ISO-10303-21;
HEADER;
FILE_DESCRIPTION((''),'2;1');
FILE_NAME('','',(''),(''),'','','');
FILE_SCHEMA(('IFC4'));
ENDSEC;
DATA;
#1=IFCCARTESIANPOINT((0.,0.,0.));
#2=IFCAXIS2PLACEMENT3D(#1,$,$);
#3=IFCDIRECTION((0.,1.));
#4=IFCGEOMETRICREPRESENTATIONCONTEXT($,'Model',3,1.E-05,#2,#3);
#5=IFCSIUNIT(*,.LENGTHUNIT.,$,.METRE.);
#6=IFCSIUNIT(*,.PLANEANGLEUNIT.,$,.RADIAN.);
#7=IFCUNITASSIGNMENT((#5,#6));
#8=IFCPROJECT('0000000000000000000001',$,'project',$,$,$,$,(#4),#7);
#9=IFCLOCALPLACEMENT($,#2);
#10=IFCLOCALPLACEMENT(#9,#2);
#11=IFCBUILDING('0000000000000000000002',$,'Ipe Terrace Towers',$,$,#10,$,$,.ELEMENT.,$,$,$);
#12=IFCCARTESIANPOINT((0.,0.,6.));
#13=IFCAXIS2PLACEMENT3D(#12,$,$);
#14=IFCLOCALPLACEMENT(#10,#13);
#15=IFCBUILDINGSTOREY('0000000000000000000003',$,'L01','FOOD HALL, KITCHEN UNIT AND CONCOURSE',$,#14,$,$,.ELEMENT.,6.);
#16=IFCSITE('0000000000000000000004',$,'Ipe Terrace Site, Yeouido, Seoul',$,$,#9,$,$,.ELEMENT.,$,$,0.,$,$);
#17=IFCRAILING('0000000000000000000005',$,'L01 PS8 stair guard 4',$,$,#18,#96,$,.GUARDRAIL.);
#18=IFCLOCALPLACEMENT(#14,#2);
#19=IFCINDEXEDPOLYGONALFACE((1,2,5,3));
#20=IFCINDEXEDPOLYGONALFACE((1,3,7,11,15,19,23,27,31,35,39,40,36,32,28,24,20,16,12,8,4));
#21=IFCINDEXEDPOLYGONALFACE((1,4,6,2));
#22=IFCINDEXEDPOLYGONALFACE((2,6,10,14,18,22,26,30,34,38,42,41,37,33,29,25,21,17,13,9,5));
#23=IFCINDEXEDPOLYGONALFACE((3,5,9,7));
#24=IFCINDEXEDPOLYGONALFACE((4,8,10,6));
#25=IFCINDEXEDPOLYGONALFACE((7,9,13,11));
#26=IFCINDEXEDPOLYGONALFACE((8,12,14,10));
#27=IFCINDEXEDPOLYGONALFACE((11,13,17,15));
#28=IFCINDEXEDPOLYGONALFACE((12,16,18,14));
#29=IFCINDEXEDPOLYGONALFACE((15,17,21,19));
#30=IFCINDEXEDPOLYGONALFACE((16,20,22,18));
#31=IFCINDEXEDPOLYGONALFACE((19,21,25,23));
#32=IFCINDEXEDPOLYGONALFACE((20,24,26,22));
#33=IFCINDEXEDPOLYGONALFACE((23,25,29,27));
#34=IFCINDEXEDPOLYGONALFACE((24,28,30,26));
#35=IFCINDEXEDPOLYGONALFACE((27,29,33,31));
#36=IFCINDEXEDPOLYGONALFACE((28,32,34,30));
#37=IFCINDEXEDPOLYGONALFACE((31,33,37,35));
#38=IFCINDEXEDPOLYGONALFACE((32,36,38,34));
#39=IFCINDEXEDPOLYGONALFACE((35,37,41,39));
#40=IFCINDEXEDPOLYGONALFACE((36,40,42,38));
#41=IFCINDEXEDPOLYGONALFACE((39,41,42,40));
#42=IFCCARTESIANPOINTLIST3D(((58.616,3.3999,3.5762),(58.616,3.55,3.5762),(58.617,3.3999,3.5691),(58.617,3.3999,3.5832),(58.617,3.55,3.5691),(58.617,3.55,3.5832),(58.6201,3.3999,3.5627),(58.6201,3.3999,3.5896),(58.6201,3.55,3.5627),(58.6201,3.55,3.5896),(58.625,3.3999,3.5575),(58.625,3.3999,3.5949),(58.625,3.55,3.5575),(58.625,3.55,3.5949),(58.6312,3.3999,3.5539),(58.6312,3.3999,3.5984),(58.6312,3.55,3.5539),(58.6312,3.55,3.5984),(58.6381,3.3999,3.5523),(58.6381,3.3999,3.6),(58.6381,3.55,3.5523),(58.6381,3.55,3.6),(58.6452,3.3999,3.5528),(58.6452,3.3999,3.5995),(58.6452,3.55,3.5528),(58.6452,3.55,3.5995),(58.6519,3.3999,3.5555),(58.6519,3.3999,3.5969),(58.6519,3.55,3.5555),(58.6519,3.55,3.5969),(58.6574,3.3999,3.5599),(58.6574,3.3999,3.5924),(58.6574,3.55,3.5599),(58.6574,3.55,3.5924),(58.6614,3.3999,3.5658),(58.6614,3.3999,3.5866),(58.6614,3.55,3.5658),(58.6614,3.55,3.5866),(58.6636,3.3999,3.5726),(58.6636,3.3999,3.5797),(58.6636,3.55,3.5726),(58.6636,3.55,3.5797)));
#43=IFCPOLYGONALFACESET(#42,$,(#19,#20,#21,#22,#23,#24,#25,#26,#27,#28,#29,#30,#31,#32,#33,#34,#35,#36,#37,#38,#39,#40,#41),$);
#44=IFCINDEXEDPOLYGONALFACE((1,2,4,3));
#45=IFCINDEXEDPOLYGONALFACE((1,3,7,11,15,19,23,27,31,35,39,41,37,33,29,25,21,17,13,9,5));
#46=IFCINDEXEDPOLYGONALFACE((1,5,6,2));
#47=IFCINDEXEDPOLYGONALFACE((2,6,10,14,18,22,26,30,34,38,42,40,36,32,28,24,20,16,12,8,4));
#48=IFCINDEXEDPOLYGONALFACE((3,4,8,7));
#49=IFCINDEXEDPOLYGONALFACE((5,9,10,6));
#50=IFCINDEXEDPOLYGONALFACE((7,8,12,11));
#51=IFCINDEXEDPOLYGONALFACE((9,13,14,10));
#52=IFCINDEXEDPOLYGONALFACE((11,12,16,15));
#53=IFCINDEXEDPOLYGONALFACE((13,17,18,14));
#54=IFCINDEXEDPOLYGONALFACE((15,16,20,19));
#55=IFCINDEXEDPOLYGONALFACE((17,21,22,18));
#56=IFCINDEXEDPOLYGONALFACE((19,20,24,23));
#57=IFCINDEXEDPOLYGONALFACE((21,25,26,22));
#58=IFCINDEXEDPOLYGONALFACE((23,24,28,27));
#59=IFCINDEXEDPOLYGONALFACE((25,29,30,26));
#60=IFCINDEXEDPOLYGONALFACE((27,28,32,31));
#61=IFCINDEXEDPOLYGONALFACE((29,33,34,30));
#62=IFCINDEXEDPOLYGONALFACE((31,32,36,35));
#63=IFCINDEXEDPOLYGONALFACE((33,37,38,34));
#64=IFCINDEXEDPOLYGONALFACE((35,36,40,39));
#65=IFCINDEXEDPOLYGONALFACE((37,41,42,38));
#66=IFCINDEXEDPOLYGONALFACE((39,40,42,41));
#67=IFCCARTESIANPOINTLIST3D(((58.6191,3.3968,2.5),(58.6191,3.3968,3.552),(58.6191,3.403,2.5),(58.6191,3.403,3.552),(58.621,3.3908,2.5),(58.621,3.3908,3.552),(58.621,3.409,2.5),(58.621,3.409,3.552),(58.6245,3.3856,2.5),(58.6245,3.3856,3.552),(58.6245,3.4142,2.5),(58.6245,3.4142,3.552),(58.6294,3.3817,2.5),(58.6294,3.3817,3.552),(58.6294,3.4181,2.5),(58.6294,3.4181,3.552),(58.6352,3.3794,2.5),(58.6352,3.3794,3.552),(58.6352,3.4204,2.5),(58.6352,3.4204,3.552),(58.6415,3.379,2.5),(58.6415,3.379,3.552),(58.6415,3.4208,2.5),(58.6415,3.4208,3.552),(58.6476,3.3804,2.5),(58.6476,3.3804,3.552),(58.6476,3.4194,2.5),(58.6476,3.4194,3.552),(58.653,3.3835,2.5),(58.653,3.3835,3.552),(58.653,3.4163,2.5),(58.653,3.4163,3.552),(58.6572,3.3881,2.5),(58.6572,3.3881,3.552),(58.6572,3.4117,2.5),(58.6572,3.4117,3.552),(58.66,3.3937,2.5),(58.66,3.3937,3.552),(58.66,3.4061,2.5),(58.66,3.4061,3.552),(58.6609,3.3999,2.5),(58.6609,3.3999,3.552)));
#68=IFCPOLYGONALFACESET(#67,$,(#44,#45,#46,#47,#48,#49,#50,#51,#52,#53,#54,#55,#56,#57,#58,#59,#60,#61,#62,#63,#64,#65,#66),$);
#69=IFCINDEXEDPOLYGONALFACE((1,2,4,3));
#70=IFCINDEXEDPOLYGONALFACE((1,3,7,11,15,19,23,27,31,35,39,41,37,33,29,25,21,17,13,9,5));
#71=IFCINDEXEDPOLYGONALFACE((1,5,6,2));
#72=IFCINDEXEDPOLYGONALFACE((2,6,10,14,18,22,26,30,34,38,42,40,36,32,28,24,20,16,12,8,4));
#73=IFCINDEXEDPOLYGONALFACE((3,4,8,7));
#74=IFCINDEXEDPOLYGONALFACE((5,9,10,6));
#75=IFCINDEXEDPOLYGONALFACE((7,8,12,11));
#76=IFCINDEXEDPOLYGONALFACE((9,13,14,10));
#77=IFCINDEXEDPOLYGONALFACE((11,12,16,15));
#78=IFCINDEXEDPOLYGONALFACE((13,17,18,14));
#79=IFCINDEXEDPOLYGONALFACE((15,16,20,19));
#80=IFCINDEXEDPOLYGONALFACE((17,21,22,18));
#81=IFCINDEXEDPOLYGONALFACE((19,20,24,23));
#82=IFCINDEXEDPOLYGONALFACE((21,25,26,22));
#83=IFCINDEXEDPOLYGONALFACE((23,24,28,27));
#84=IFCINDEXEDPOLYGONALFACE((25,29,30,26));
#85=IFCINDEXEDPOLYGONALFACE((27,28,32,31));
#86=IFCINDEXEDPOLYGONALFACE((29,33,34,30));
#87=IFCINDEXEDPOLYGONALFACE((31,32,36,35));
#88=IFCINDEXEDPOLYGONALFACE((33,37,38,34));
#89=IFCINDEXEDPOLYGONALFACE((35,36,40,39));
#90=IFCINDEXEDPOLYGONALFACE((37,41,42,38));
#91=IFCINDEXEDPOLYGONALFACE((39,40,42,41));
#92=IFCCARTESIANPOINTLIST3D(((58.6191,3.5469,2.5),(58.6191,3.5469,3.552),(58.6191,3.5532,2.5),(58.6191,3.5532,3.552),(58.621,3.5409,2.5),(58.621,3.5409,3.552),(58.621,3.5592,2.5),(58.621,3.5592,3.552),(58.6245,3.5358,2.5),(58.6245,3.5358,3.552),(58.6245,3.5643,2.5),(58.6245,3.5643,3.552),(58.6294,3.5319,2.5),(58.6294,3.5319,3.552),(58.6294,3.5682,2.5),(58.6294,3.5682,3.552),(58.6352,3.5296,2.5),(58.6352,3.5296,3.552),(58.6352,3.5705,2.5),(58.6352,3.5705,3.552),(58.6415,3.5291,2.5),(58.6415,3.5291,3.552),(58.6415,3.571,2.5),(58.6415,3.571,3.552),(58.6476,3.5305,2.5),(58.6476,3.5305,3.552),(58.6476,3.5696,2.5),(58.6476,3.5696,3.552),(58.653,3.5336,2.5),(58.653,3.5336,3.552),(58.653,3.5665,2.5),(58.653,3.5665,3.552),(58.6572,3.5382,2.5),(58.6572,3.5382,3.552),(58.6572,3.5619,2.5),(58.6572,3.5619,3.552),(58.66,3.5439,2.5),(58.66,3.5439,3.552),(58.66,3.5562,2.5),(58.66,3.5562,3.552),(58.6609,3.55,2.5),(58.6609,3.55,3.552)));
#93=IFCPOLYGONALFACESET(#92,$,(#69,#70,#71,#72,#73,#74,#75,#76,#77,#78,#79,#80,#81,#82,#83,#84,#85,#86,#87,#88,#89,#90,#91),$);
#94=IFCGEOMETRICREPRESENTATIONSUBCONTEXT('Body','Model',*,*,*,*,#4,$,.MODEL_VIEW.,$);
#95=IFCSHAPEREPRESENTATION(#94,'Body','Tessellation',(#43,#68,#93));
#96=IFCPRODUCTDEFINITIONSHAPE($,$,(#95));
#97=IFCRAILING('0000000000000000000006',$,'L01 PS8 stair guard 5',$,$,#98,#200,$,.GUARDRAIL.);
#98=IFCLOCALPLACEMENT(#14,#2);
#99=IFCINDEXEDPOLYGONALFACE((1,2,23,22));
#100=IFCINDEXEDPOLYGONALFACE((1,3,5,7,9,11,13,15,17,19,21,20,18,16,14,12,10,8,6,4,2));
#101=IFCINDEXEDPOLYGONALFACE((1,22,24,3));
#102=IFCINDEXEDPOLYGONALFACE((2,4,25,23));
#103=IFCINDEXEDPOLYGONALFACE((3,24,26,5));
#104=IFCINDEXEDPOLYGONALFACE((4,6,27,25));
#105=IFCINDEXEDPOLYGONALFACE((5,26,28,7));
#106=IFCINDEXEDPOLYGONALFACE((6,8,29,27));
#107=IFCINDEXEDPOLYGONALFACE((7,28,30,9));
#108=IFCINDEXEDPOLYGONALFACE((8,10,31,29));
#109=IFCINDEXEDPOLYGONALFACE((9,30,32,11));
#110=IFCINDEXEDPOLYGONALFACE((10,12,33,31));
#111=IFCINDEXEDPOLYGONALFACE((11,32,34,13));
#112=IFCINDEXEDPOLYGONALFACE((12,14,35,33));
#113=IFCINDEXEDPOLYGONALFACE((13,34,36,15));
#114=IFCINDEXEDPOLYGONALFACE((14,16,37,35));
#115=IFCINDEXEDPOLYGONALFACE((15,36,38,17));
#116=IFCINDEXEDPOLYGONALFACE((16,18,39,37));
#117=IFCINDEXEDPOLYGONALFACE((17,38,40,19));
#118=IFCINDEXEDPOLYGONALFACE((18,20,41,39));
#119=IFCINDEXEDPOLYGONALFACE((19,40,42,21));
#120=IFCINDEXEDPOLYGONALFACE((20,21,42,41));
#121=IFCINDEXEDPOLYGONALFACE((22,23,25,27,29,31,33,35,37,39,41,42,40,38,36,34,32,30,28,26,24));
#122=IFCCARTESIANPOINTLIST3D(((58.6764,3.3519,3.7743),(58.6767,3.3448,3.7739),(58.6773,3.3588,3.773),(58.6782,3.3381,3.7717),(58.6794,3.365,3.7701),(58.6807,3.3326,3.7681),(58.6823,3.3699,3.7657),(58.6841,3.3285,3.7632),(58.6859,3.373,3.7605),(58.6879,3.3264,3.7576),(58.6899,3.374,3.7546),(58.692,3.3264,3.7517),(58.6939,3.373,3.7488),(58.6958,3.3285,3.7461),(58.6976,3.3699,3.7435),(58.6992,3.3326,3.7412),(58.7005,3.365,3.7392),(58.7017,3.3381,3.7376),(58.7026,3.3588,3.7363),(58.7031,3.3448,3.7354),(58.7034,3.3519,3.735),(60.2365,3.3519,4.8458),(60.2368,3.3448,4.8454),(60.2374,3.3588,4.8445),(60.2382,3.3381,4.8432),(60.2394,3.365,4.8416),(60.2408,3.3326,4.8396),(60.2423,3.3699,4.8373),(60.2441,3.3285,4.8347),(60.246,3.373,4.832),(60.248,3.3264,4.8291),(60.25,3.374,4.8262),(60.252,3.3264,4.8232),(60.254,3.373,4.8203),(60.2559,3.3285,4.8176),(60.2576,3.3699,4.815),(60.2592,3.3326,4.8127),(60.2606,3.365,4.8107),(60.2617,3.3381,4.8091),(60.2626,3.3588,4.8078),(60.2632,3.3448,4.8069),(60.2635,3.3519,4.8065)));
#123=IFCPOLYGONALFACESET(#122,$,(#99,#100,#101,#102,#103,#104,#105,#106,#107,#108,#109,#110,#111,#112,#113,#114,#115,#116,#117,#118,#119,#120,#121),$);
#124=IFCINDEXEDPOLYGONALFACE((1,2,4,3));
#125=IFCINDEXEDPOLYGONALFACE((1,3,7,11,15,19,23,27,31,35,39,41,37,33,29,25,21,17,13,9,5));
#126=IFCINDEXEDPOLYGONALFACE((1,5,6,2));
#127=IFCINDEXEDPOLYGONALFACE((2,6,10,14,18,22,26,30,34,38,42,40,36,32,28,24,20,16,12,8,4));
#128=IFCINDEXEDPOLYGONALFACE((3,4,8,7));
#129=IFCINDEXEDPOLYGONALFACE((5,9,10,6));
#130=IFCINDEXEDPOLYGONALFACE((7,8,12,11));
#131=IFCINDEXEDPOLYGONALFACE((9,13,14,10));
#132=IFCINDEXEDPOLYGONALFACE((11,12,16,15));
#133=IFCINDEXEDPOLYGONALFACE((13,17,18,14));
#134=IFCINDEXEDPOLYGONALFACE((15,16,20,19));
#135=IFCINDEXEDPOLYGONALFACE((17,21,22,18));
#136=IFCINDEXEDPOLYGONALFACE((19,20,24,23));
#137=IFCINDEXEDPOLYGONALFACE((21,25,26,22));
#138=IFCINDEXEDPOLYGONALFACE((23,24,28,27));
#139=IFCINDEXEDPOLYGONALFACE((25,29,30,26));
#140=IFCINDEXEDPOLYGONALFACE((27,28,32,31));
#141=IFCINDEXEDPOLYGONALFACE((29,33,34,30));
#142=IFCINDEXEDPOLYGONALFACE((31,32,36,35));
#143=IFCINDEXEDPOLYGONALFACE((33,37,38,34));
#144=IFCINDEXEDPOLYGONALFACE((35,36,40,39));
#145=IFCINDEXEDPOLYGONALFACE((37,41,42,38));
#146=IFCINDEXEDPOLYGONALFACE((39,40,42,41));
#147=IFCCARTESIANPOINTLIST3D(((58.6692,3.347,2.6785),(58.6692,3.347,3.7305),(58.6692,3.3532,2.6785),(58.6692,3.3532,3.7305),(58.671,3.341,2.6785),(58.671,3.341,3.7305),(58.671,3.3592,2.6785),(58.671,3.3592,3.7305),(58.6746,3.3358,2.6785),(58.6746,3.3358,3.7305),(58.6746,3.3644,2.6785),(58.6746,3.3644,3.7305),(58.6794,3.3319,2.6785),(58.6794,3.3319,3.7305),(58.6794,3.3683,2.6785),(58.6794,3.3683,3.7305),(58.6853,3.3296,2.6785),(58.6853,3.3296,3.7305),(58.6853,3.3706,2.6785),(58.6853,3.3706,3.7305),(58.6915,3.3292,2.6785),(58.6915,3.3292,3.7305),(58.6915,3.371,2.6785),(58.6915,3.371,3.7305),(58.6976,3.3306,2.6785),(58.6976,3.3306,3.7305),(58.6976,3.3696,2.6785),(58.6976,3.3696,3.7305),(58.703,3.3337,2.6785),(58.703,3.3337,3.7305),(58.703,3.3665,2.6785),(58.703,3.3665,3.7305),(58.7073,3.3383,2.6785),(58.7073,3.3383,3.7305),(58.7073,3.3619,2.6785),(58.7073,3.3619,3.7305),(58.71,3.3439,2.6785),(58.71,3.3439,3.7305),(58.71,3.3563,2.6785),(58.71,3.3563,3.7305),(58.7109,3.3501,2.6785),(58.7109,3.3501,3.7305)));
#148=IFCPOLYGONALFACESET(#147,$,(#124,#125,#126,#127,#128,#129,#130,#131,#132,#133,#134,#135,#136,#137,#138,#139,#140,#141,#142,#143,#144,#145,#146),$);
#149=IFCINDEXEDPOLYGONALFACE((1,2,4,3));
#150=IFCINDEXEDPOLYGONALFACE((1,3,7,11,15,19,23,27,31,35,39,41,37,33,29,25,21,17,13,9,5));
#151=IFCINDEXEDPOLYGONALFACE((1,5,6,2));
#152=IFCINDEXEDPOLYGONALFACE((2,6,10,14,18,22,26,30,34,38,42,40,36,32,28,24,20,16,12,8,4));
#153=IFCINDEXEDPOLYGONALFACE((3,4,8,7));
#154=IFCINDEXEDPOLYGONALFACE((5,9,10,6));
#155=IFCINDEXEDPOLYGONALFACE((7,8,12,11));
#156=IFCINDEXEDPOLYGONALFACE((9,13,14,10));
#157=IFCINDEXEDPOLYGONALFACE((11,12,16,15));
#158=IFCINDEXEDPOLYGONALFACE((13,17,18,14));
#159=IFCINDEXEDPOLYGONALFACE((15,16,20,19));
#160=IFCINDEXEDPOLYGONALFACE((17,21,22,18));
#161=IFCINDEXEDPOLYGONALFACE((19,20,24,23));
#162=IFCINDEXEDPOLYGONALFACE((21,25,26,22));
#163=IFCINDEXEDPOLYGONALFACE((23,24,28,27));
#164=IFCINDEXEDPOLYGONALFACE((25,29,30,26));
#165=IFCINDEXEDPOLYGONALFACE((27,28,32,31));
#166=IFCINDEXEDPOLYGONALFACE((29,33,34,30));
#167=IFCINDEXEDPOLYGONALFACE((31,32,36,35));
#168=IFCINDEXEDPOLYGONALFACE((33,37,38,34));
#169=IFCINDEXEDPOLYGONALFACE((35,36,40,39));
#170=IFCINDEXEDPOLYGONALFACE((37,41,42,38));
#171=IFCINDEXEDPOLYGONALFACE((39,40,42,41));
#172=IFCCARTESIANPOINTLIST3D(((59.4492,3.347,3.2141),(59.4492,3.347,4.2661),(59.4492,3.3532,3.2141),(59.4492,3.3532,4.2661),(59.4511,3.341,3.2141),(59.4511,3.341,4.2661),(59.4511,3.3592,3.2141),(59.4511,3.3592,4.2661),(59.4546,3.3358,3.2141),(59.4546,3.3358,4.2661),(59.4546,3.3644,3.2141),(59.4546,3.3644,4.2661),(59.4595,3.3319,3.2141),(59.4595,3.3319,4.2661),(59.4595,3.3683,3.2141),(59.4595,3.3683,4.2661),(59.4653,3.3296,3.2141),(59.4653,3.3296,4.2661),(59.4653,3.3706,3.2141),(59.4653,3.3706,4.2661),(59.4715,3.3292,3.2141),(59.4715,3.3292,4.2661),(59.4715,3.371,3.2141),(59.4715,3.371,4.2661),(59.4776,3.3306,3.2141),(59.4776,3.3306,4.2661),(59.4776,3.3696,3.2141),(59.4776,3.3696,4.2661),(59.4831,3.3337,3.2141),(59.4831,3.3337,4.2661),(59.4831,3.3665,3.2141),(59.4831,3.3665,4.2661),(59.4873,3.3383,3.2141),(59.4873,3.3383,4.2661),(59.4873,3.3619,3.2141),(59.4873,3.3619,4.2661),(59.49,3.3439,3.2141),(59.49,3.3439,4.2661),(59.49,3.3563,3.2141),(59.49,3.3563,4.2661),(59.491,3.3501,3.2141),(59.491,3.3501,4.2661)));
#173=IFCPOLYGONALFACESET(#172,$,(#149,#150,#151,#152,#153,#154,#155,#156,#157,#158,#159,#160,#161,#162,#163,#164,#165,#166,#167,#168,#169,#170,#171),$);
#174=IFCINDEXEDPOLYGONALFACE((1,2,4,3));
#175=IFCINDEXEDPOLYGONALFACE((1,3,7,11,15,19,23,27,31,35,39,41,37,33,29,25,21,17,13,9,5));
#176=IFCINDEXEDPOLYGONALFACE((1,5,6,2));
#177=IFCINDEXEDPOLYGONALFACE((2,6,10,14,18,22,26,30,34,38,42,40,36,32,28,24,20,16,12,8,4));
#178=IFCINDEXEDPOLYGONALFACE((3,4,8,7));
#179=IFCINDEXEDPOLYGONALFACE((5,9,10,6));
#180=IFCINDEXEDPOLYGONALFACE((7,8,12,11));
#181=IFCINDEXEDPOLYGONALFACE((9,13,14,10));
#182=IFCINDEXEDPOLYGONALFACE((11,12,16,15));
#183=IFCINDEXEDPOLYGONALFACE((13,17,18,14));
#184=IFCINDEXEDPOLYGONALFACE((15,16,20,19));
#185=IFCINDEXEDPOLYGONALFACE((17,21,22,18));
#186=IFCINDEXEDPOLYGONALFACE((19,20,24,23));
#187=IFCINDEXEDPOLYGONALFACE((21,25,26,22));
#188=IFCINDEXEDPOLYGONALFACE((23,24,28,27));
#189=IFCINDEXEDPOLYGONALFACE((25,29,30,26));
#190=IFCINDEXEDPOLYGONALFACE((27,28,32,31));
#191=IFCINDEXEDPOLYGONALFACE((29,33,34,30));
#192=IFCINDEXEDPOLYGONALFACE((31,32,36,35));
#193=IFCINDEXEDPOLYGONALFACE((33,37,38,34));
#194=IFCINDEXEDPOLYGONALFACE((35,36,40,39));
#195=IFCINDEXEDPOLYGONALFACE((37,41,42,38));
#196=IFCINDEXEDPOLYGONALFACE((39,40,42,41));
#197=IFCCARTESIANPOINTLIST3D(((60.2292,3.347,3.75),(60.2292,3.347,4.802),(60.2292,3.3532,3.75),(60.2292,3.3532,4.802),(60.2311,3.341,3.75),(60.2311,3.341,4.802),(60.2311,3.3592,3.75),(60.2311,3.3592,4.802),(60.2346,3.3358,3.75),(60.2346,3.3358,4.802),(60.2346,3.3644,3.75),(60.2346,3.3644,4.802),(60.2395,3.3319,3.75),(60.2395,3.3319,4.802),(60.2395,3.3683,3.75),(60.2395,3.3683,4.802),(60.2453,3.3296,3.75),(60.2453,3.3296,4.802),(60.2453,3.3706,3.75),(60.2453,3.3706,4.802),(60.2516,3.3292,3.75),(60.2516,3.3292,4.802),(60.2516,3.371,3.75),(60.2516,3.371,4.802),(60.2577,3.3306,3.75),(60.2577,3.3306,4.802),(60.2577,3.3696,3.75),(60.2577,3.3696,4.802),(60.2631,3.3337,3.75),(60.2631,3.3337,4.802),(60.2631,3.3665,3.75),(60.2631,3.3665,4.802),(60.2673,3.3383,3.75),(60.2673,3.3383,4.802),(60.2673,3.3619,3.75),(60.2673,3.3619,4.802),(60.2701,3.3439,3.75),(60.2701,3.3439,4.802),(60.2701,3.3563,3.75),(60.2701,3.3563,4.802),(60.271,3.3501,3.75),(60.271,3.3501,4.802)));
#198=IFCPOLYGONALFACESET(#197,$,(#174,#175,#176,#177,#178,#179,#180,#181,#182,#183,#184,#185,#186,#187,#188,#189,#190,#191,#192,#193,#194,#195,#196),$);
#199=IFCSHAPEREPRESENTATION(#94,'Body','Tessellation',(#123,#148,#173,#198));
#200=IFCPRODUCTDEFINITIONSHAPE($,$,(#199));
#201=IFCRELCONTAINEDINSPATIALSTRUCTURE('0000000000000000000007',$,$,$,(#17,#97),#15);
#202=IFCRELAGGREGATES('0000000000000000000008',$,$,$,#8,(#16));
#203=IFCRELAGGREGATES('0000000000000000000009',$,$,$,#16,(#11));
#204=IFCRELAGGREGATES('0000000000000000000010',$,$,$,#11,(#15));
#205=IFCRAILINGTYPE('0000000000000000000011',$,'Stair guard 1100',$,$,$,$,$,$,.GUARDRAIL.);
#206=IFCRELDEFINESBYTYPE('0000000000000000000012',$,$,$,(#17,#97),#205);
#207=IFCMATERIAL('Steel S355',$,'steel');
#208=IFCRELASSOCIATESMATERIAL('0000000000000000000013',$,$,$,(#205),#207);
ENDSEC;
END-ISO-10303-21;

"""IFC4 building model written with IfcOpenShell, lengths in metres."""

from ifc_helpers import new_model, si_unit, direction, frame, origin, origin_2d, place, context, subcontext, project, spatial, circle, extrude, material, type_object, element, save


model = new_model("IFC4")

# Units and contexts
model_context = context("Model", 3, precision=1e-05, world=origin(), true_north=direction((0.0, 1.0)))
body_context = subcontext(model_context, "Body", "Model", "MODEL_VIEW")
ifc_project = project(units=[si_unit("LENGTHUNIT", "METRE"), si_unit("PLANEANGLEUNIT", "RADIAN")], contexts=[model_context])

# Site, building, storey
site_placement = place(None, origin())
site = spatial("IfcSite", under=ifc_project, at=site_placement, Name="Ipe Terrace Site, Yeouido, Seoul", CompositionType="ELEMENT", RefElevation=0.0)
building_placement = place(site_placement, origin())
building = spatial("IfcBuilding", under=site, at=building_placement, Name="Ipe Terrace Towers", CompositionType="ELEMENT")
storey_placement = place(building_placement, frame((0.0, 0.0, 6.0)))
storey = spatial("IfcBuildingStorey", under=building, at=storey_placement, Name="L01", Description="FOOD HALL, KITCHEN UNIT AND CONCOURSE", CompositionType="ELEMENT", Elevation=6.0)

# Railings
ifc_material_1 = material(Name="Steel S355", Category="steel")
railing_type_1 = type_object("IfcRailingType", Name="Stair guard 1100", PredefinedType="GUARDRAIL", material=ifc_material_1)
railing_1_placement = place(storey_placement, frame((58.6399, 3.3999, 2.5)))
element("IfcRailing", 1, at=railing_1_placement, inside=storey, type_object=railing_type_1, Name="L01 PS8 stair guard 4", PredefinedType="GUARDRAIL", context=body_context, shape_type="SweptSolid", body=[
    extrude(circle(Radius=0.0239, at=origin_2d()), frame((0.0, 0.0, 1.0762), z_axis=(0.0, 1.0, 0.0), x_axis=(-1.0, 0.0, 0.0)), (0.0, 0.0, 1.0), 0.1501),
    extrude(circle(Radius=0.021, at=origin_2d()), origin(), (0.0, 0.0, 1.0), 1.052),
    extrude(circle(Radius=0.021, at=origin_2d()), frame((0.0, 0.1501, 0.0)), (0.0, 0.0, 1.0), 1.052),
])
railing_2_placement = place(storey_placement, frame((58.6899, 3.3501, 2.6785)))
element("IfcRailing", 2, at=railing_2_placement, inside=storey, type_object=railing_type_1, Name="L01 PS8 stair guard 5", PredefinedType="GUARDRAIL", context=body_context, shape_type="SweptSolid", body=[
    extrude(circle(Radius=0.0239, at=origin_2d()), frame((0.0, 0.0, 1.0762), z_axis=(0.82429, 0.0, 0.566167), x_axis=(0.0, 1.0, 0.0)), (0.0, 0.0, 1.0), 1.8926),
    extrude(circle(Radius=0.021, at=origin_2d()), origin(), (0.0, 0.0, 1.0), 1.052),
    extrude(circle(Radius=0.021, at=origin_2d()), frame((0.78, 0.0, 0.5356)), (0.0, 0.0, 1.0), 1.052),
    extrude(circle(Radius=0.021, at=origin_2d()), frame((1.5601, 0.0, 1.0715)), (0.0, 0.0, 1.0), 1.052),
])

save(model, "model.ifc")
